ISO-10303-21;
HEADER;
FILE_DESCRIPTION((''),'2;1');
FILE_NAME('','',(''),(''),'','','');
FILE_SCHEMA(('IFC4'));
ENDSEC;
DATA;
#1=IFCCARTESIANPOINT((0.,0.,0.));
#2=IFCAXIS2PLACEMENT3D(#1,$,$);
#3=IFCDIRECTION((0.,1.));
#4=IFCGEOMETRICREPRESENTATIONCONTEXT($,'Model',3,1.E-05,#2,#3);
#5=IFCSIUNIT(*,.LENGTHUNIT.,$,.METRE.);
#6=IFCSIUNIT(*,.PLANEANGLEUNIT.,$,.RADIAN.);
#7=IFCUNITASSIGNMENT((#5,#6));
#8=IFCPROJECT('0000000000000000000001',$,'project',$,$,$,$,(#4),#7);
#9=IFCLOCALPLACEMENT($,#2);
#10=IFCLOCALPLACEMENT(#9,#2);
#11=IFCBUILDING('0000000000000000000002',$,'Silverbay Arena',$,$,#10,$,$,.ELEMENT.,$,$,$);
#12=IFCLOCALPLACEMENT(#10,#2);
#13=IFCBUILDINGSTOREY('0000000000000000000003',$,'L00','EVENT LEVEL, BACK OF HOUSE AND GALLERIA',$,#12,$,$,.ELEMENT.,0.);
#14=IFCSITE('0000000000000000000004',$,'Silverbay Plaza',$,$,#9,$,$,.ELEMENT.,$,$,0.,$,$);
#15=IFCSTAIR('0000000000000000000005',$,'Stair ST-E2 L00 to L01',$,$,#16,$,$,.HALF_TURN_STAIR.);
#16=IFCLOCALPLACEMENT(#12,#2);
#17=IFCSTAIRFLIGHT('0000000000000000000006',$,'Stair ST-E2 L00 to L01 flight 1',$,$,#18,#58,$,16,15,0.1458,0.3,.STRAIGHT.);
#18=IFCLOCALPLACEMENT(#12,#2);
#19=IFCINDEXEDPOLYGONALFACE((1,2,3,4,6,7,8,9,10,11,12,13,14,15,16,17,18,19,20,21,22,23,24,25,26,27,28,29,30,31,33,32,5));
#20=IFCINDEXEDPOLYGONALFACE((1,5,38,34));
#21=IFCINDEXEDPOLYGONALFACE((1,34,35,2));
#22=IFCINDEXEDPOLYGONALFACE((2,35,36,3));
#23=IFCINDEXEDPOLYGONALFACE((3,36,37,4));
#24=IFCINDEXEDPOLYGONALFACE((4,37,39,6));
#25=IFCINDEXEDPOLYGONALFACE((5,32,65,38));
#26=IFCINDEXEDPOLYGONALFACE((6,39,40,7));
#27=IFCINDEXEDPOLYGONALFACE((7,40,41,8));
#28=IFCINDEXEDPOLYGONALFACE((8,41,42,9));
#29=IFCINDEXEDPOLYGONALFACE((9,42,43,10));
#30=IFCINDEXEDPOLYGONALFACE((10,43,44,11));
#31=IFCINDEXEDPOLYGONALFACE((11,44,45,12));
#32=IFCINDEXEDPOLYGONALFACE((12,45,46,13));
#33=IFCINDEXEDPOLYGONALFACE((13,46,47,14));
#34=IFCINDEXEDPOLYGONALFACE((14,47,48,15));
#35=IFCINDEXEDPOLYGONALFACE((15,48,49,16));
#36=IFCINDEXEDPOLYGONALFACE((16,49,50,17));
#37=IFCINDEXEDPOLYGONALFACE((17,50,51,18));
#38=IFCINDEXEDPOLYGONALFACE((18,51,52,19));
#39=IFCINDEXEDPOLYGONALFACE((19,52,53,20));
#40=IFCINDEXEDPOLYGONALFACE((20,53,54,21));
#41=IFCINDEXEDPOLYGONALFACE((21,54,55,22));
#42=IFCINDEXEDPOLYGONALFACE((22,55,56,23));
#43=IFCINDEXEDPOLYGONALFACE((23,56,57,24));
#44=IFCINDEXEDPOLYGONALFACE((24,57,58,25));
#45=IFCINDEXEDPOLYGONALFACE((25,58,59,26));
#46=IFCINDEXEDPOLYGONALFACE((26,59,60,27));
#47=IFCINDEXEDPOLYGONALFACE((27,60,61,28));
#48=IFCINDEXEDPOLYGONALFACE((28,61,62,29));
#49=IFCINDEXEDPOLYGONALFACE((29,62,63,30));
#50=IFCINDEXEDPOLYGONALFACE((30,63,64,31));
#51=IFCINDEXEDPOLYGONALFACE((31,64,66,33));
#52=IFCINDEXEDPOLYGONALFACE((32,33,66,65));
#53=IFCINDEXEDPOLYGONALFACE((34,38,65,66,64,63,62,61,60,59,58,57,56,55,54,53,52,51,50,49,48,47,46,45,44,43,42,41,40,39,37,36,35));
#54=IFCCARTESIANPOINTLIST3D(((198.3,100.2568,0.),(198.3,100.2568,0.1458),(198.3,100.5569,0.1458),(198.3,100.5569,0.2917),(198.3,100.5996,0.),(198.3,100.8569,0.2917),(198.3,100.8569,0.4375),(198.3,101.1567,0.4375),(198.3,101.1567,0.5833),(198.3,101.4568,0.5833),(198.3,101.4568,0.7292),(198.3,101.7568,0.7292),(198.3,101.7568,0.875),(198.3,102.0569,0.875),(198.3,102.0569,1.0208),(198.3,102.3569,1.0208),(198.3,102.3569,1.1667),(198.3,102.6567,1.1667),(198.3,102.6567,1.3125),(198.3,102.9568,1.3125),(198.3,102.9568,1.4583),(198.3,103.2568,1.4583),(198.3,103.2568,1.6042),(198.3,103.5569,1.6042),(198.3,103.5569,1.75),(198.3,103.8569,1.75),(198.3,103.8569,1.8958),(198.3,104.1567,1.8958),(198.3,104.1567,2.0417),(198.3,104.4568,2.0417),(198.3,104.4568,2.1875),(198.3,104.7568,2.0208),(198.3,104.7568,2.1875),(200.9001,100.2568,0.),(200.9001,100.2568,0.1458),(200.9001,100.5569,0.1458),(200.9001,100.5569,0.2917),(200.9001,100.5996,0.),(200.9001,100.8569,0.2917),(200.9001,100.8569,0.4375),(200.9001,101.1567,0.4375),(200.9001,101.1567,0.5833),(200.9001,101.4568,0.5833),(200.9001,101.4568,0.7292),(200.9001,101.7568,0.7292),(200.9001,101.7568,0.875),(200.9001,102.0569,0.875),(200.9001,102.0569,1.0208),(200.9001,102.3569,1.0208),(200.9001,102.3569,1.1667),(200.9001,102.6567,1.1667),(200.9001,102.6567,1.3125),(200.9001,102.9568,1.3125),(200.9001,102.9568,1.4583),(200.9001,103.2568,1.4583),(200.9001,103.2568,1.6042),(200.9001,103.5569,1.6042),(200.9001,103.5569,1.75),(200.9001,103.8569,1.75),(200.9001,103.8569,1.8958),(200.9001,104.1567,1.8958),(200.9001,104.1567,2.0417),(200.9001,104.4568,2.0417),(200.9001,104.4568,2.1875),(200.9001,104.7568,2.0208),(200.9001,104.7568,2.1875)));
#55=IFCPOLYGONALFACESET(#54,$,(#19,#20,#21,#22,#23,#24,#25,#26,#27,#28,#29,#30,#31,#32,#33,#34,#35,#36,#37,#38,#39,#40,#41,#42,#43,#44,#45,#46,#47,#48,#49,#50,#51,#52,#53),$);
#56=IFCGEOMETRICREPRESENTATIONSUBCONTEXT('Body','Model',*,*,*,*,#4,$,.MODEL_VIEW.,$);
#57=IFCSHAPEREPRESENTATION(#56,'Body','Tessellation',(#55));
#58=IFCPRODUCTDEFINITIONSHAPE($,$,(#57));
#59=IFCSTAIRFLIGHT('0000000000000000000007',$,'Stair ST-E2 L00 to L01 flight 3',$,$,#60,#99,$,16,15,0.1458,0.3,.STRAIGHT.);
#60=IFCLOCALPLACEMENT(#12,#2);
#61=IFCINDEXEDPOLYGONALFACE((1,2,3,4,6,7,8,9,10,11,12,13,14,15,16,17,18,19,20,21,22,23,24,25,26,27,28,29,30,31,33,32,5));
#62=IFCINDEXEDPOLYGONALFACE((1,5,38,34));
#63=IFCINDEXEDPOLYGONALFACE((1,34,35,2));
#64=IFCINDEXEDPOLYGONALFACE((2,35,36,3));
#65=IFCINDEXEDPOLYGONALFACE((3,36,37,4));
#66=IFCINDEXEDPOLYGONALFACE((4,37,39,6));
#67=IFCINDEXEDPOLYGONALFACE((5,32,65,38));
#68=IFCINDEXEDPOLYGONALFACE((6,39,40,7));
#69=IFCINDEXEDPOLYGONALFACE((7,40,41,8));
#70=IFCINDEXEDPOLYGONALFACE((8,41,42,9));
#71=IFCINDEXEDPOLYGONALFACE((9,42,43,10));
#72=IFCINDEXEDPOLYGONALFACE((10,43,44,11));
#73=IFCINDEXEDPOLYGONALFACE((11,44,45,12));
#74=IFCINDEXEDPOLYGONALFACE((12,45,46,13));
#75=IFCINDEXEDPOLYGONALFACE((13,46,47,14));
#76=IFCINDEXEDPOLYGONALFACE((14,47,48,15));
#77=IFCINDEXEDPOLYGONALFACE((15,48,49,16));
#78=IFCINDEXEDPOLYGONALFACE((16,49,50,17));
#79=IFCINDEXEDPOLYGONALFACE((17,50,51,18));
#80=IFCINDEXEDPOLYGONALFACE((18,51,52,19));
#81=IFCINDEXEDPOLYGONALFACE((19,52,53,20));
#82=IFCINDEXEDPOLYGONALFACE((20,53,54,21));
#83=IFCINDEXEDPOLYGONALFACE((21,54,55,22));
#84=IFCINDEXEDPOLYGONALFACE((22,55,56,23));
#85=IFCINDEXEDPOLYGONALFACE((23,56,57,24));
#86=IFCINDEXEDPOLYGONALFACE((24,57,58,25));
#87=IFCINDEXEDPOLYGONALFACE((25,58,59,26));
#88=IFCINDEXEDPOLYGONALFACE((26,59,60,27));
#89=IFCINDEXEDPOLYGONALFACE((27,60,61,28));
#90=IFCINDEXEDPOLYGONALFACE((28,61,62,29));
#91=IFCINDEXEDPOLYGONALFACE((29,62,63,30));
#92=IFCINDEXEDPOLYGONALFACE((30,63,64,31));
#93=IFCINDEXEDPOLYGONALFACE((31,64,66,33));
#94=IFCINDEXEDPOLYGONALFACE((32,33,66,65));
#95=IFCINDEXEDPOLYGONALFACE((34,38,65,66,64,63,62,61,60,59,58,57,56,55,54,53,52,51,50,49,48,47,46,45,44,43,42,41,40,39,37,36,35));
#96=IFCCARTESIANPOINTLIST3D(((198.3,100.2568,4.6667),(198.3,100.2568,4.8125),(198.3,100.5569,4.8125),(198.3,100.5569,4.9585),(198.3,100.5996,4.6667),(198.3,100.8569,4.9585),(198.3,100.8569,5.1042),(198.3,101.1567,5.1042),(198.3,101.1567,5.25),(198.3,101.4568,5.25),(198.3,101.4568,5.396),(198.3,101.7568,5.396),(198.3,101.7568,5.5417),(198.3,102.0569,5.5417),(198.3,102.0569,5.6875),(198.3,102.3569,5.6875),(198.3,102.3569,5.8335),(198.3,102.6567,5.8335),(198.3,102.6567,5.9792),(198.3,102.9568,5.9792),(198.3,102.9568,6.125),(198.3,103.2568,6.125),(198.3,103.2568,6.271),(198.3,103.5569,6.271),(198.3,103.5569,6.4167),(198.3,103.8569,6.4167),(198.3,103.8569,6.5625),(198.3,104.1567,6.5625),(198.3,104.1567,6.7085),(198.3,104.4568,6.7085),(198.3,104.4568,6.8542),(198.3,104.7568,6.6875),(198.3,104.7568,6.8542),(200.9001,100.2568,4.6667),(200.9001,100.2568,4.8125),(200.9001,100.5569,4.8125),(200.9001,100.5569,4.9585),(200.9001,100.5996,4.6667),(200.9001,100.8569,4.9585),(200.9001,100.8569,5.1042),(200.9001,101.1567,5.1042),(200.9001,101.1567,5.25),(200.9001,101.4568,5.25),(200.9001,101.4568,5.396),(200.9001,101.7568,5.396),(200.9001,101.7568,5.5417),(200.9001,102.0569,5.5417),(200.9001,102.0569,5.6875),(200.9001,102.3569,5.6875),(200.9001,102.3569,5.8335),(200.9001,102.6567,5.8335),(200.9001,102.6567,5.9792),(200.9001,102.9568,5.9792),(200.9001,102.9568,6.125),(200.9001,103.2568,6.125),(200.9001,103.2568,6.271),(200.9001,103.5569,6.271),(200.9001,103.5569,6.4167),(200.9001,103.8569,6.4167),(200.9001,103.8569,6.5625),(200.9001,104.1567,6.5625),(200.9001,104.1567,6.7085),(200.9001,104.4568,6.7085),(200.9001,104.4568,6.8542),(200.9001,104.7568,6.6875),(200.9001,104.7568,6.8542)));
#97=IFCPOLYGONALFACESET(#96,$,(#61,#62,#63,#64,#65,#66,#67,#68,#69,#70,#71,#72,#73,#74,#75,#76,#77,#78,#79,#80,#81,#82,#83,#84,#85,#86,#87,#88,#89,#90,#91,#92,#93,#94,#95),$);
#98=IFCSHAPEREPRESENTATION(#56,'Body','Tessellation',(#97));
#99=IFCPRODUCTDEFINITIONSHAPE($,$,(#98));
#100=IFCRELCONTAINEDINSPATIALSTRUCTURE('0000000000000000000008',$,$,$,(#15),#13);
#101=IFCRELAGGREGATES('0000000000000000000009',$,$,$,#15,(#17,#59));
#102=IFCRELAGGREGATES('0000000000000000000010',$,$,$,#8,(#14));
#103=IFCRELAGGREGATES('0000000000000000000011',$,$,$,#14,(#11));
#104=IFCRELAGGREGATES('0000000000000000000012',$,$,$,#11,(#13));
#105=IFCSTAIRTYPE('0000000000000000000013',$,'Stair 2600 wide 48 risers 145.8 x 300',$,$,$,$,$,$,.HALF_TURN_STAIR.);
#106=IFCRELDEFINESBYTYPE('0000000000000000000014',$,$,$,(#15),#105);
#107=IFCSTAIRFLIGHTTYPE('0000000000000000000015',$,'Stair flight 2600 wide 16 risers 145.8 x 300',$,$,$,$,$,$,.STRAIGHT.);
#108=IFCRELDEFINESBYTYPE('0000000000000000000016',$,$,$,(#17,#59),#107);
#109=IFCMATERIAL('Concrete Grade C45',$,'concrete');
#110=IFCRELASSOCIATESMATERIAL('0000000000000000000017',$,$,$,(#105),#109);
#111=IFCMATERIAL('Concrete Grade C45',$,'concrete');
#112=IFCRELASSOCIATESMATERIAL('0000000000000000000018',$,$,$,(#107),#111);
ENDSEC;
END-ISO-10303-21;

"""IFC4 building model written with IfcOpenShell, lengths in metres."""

from ifc_helpers import new_model, si_unit, direction, frame, origin, place, context, subcontext, project, spatial, polyline, outline, extrude, material, type_object, element, aggregate, save


model = new_model("IFC4")

# Units and contexts
model_context = context("Model", 3, precision=1e-05, world=origin(), true_north=direction((0.0, 1.0)))
body_context = subcontext(model_context, "Body", "Model", "MODEL_VIEW")
ifc_project = project(units=[si_unit("LENGTHUNIT", "METRE"), si_unit("PLANEANGLEUNIT", "RADIAN")], contexts=[model_context])

# Site, building, storey
site_placement = place(None, origin())
site = spatial("IfcSite", under=ifc_project, at=site_placement, Name="Silverbay Plaza", CompositionType="ELEMENT", RefElevation=0.0)
building_placement = place(site_placement, origin())
building = spatial("IfcBuilding", under=site, at=building_placement, Name="Silverbay Arena", CompositionType="ELEMENT")
storey_placement = place(building_placement, origin())
storey = spatial("IfcBuildingStorey", under=building, at=storey_placement, Name="L00", Description="EVENT LEVEL, BACK OF HOUSE AND GALLERIA", CompositionType="ELEMENT", Elevation=0.0)

# Stair, stair flights
ifc_material_1 = material(Name="Concrete Grade C45", Category="concrete")
stair_type = type_object("IfcStairType", Name="Stair 2600 wide 48 risers 145.8 x 300", PredefinedType="HALF_TURN_STAIR", material=ifc_material_1)
stair_placement = place(storey_placement, origin())
stair = element("IfcStair", 1, at=stair_placement, inside=storey, type_object=stair_type, Name="Stair ST-E2 L00 to L01", PredefinedType="HALF_TURN_STAIR")
ifc_material_2 = material(Name="Concrete Grade C45", Category="concrete")
stair_flight_type = type_object("IfcStairFlightType", Name="Stair flight 2600 wide 16 risers 145.8 x 300", PredefinedType="STRAIGHT", material=ifc_material_2)
stair_flight_1_placement = place(storey_placement, frame((199.6001, 100.2568, 0.0), z_axis=(0.0, 0.0, 1.0), x_axis=(0.0, 1.0, 0.0)))
stair_flight_1 = element("IfcStairFlight", 2, at=stair_flight_1_placement, type_object=stair_flight_type, Name="Stair ST-E2 L00 to L01 flight 1", NumberOfRisers=16, NumberOfTreads=15, PredefinedType="STRAIGHT", RiserHeight=0.1458, TreadLength=0.3, context=body_context, shape_type="SweptSolid", body=[
    extrude(outline(polyline([(0.0, 0.0), (0.0, 0.1458), (0.3, 0.1458), (0.3, 0.2917), (0.6001, 0.2917), (0.6001, 0.4375), (0.8999, 0.4375), (0.8999, 0.5833), (1.2, 0.5833), (1.2, 0.7292), (1.5, 0.7292), (1.5, 0.875), (1.8, 0.875), (1.8, 1.0208), (2.1001, 1.0208), (2.1001, 1.1667), (2.3999, 1.1667), (2.3999, 1.3125), (2.7, 1.3125), (2.7, 1.4583), (3.0, 1.4583), (3.0, 1.6042), (3.3, 1.6042), (3.3, 1.75), (3.6001, 1.75), (3.6001, 1.8958), (3.8999, 1.8958), (3.8999, 2.0417), (4.2, 2.0417), (4.2, 2.1875), (4.5, 2.1875), (4.5, 2.0208), (0.3428, 0.0), (0.0, 0.0)])), frame((0.0, 1.3, 0.0), z_axis=(0.0, -1.0, 0.0), x_axis=(1.0, 0.0, 0.0)), (0.0, 0.0, 1.0), 2.6001),
])
stair_flight_2_placement = place(storey_placement, frame((199.6001, 100.2568, 4.6667), z_axis=(0.0, 0.0, 1.0), x_axis=(0.0, 1.0, 0.0)))
stair_flight_2 = element("IfcStairFlight", 3, at=stair_flight_2_placement, type_object=stair_flight_type, Name="Stair ST-E2 L00 to L01 flight 3", NumberOfRisers=16, NumberOfTreads=15, PredefinedType="STRAIGHT", RiserHeight=0.1458, TreadLength=0.3, context=body_context, shape_type="SweptSolid", body=[
    extrude(outline(polyline([(0.0, 0.0), (0.0, 0.1458), (0.3, 0.1458), (0.3, 0.2917), (0.6001, 0.2917), (0.6001, 0.4375), (0.8999, 0.4375), (0.8999, 0.5833), (1.2, 0.5833), (1.2, 0.7292), (1.5, 0.7292), (1.5, 0.875), (1.8, 0.875), (1.8, 1.0208), (2.1001, 1.0208), (2.1001, 1.1667), (2.3999, 1.1667), (2.3999, 1.3125), (2.7, 1.3125), (2.7, 1.4583), (3.0, 1.4583), (3.0, 1.6042), (3.3, 1.6042), (3.3, 1.75), (3.6001, 1.75), (3.6001, 1.8958), (3.8999, 1.8958), (3.8999, 2.0417), (4.2, 2.0417), (4.2, 2.1875), (4.5, 2.1875), (4.5, 2.0208), (0.3428, 0.0), (0.0, 0.0)])), frame((0.0, 1.3, 0.0), z_axis=(0.0, -1.0, 0.0), x_axis=(1.0, 0.0, 0.0)), (0.0, 0.0, 1.0), 2.6001),
])
aggregate(stair, [stair_flight_1, stair_flight_2])

save(model, "model.ifc")
